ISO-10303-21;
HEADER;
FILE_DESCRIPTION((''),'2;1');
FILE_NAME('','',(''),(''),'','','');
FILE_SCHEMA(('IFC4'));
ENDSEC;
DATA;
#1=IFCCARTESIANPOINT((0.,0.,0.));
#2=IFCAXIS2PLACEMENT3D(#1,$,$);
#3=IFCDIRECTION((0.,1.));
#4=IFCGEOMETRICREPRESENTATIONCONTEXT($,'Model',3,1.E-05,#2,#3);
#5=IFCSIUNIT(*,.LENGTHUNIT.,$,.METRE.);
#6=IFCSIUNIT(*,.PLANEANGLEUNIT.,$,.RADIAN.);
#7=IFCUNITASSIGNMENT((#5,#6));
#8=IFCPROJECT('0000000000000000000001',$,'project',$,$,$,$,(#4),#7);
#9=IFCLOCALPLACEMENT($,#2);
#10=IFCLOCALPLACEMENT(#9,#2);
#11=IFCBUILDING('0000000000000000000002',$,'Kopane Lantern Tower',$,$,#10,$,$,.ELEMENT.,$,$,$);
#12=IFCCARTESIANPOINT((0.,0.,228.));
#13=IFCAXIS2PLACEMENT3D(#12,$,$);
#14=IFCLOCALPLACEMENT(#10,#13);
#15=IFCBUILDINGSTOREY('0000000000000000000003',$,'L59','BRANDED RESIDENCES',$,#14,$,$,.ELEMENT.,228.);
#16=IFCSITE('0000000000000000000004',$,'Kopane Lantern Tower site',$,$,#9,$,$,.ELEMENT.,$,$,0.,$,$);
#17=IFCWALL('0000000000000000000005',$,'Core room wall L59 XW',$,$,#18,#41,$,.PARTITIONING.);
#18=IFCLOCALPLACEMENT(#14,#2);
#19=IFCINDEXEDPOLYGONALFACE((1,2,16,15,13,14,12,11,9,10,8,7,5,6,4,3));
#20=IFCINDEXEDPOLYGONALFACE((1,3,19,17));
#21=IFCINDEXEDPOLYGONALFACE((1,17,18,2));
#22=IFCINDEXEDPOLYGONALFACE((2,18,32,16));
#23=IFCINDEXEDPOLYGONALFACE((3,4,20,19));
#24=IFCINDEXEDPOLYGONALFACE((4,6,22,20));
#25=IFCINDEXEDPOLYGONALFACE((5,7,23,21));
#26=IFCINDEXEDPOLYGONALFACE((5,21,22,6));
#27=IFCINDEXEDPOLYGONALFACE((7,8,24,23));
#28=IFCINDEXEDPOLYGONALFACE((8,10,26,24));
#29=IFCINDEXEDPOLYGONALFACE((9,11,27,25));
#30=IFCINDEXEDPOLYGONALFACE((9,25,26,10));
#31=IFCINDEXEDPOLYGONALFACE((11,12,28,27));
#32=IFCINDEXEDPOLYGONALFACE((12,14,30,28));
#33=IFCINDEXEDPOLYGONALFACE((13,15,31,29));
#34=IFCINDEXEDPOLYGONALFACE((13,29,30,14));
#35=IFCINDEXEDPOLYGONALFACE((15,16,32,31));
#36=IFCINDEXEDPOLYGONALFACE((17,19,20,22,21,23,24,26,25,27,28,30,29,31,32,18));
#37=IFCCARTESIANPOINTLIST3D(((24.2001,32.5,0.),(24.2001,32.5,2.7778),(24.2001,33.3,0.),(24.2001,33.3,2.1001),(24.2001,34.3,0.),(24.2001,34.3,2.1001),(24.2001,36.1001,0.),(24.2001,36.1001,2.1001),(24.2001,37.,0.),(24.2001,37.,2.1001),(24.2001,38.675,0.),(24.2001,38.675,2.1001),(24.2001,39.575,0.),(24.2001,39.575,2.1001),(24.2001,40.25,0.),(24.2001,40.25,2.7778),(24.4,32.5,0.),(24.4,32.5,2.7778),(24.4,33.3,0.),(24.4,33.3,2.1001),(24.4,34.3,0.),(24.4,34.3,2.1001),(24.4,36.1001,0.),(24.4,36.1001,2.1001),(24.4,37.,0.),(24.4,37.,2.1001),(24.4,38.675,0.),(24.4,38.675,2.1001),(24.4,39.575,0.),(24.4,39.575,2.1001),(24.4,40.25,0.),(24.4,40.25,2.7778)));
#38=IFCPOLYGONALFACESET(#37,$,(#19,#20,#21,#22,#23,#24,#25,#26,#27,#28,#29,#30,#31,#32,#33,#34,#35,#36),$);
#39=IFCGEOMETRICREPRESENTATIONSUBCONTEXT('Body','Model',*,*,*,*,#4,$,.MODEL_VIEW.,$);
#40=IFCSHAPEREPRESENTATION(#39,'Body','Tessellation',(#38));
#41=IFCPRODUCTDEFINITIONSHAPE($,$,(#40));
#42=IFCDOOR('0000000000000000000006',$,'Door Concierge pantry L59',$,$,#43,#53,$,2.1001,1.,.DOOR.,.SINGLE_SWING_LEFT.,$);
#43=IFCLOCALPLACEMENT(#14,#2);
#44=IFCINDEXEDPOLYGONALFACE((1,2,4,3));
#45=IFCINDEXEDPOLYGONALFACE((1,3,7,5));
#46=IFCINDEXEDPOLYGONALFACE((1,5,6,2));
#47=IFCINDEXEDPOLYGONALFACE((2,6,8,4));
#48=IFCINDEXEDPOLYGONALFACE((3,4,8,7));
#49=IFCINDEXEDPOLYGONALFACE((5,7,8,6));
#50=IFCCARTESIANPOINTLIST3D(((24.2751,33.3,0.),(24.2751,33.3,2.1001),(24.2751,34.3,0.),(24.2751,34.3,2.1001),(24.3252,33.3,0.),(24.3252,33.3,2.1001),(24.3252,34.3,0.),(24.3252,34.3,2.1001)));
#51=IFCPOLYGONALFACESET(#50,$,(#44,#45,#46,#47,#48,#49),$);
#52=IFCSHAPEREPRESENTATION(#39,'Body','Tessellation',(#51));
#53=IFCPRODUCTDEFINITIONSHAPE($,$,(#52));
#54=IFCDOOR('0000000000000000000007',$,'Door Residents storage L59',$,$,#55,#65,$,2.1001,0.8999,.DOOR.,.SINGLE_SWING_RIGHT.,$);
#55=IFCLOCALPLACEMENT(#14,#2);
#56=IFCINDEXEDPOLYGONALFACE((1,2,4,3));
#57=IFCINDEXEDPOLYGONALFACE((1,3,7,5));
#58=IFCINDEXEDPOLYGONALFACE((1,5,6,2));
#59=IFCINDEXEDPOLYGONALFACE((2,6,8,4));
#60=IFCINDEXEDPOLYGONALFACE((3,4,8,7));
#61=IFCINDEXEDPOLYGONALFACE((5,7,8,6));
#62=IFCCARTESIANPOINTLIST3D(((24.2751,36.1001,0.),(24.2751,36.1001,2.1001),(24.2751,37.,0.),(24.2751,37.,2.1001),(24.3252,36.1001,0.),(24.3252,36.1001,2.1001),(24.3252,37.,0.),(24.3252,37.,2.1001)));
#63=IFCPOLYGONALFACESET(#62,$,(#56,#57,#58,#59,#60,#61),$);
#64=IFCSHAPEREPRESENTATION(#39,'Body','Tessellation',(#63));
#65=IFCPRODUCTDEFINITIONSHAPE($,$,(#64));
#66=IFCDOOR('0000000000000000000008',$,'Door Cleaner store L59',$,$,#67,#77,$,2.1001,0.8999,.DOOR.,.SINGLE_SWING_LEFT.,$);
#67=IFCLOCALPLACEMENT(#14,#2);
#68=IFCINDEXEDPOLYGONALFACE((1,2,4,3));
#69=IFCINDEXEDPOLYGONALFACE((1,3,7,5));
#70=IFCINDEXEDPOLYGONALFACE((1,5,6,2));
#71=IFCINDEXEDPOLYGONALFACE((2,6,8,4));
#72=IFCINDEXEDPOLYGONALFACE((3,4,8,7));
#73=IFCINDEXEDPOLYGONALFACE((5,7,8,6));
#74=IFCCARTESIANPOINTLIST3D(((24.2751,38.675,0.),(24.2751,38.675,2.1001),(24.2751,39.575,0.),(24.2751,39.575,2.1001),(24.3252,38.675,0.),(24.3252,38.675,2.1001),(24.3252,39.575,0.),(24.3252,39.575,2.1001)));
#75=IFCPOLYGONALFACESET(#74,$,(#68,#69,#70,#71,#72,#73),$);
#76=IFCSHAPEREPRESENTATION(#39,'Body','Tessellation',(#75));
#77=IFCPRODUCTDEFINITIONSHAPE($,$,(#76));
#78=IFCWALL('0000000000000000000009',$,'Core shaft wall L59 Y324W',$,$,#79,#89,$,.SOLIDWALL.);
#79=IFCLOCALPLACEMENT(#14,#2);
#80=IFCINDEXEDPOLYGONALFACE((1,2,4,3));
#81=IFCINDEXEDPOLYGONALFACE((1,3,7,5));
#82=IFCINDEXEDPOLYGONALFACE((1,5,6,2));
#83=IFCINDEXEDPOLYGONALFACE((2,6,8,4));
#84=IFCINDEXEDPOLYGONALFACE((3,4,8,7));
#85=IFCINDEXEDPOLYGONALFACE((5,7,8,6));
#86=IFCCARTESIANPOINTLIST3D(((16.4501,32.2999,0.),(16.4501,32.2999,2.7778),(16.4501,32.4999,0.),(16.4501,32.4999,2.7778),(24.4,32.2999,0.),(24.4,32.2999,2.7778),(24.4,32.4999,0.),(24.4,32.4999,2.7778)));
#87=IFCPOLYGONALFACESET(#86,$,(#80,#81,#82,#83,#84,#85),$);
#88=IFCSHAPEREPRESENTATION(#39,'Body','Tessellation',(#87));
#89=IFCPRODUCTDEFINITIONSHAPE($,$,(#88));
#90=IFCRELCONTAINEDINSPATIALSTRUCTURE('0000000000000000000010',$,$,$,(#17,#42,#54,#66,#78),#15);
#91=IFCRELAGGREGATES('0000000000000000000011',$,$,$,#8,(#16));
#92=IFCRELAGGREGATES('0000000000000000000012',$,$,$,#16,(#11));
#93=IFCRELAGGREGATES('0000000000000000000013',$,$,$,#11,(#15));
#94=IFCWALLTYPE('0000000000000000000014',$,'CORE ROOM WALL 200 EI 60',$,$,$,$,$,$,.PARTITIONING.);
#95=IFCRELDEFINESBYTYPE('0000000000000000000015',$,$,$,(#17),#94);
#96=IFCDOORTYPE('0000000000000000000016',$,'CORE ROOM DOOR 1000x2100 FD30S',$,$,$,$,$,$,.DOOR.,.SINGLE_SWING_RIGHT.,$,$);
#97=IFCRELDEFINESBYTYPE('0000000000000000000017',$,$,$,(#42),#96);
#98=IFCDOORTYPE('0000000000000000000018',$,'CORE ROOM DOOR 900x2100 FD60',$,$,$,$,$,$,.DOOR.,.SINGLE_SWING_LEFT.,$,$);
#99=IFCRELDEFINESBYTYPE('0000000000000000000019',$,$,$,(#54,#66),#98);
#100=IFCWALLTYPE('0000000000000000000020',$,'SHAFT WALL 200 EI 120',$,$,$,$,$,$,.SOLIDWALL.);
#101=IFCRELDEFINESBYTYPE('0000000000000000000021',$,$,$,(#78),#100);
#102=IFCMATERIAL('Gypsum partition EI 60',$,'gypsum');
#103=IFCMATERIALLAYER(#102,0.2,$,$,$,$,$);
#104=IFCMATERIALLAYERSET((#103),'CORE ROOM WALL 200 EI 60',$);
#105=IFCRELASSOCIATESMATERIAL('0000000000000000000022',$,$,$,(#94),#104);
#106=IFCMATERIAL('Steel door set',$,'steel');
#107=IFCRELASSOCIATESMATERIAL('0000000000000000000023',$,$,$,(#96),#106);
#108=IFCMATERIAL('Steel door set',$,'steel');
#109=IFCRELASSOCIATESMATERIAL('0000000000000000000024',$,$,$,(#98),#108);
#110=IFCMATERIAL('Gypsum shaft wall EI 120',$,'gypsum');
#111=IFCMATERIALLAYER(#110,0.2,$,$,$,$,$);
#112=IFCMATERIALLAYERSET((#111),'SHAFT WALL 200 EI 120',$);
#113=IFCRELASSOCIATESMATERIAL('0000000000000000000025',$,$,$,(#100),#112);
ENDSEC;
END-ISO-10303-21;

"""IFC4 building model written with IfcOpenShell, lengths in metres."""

from ifc_helpers import new_model, si_unit, direction, frame, frame_2d, origin, place, context, subcontext, project, spatial, rectangle, extrude, material, layer, layer_set, type_object, element, fill, save


model = new_model("IFC4")

# Units and contexts
model_context = context("Model", 3, precision=1e-05, world=origin(), true_north=direction((0.0, 1.0)))
body_context = subcontext(model_context, "Body", "Model", "MODEL_VIEW")
ifc_project = project(units=[si_unit("LENGTHUNIT", "METRE"), si_unit("PLANEANGLEUNIT", "RADIAN")], contexts=[model_context])

# Site, building, storey
site_placement = place(None, origin())
site = spatial("IfcSite", under=ifc_project, at=site_placement, Name="Kopane Lantern Tower site", CompositionType="ELEMENT", RefElevation=0.0)
building_placement = place(site_placement, origin())
building = spatial("IfcBuilding", under=site, at=building_placement, Name="Kopane Lantern Tower", CompositionType="ELEMENT")
storey_placement = place(building_placement, frame((0.0, 0.0, 228.0)))
storey = spatial("IfcBuildingStorey", under=building, at=storey_placement, Name="L59", Description="BRANDED RESIDENCES", CompositionType="ELEMENT", Elevation=228.0)

# Wall, openings, doors
ifc_material_1 = material(Name="Gypsum partition EI 60", Category="gypsum")
ifc_layer_1 = layer(ifc_material_1, 0.2)
ifc_layer_set_1 = layer_set([ifc_layer_1], Name="CORE ROOM WALL 200 EI 60")
wall_type_1 = type_object("IfcWallType", Name="CORE ROOM WALL 200 EI 60", PredefinedType="PARTITIONING", material=ifc_layer_set_1)
wall_1_placement = place(storey_placement, frame((24.3, 32.5, 0.0), z_axis=(0.0, 0.0, 1.0), x_axis=(0.0, 1.0, 0.0)))
wall_1 = element("IfcWall", 1, at=wall_1_placement, inside=storey, type_object=wall_type_1, Name="Core room wall L59 XW", PredefinedType="PARTITIONING", context=body_context, shape_type="SweptSolid", body=[
    extrude(rectangle(XDim=7.75, YDim=0.2, at=frame_2d((3.875, 0.0))), origin(), (0.0, 0.0, 1.0), 2.7778),
])
opening_1_placement = place(wall_1_placement, frame((0.8, 0.0, 0.0)))
opening_1 = element("IfcOpeningElement", 2, at=opening_1_placement, cuts=wall_1, PredefinedType="OPENING", context=body_context, shape_type="SweptSolid", body=[
    extrude(rectangle(XDim=1.0, YDim=2.1001, at=frame_2d((0.5, 1.05))), frame((0.0, 0.1099, 0.0), z_axis=(0.0, -1.0, 0.0), x_axis=(1.0, 0.0, 0.0)), (0.0, 0.0, 1.0), 0.22),
])
opening_2_placement = place(wall_1_placement, frame((3.6001, 0.0, 0.0)))
opening_2 = element("IfcOpeningElement", 3, at=opening_2_placement, cuts=wall_1, PredefinedType="OPENING", context=body_context, shape_type="SweptSolid", body=[
    extrude(rectangle(XDim=0.8999, YDim=2.1001, at=frame_2d((0.45, 1.05))), frame((0.0, 0.1099, 0.0), z_axis=(0.0, -1.0, 0.0), x_axis=(1.0, 0.0, 0.0)), (0.0, 0.0, 1.0), 0.22),
])
opening_3_placement = place(wall_1_placement, frame((6.175, 0.0, 0.0)))
opening_3 = element("IfcOpeningElement", 4, at=opening_3_placement, cuts=wall_1, PredefinedType="OPENING", context=body_context, shape_type="SweptSolid", body=[
    extrude(rectangle(XDim=0.8999, YDim=2.1001, at=frame_2d((0.45, 1.05))), frame((0.0, 0.1099, 0.0), z_axis=(0.0, -1.0, 0.0), x_axis=(1.0, 0.0, 0.0)), (0.0, 0.0, 1.0), 0.22),
])
ifc_material_2 = material(Name="Steel door set", Category="steel")
door_type_1 = type_object("IfcDoorType", Name="CORE ROOM DOOR 1000x2100 FD30S", OperationType="SINGLE_SWING_RIGHT", PredefinedType="DOOR", material=ifc_material_2)
door_1_placement = place(opening_1_placement, origin())
door_1 = element("IfcDoor", 5, at=door_1_placement, inside=storey, type_object=door_type_1, Name="Door Concierge pantry L59", OperationType="SINGLE_SWING_LEFT", OverallHeight=2.1001, OverallWidth=1.0, PredefinedType="DOOR", context=body_context, shape_type="SweptSolid", body=[
    extrude(rectangle(XDim=1.0, YDim=2.1001, at=frame_2d((0.5, 1.05))), frame((0.0, 0.0249, 0.0), z_axis=(0.0, -1.0, 0.0), x_axis=(1.0, 0.0, 0.0)), (0.0, 0.0, 1.0), 0.05),
])
fill(opening_1, door_1)
ifc_material_3 = material(Name="Steel door set", Category="steel")
door_type_2 = type_object("IfcDoorType", Name="CORE ROOM DOOR 900x2100 FD60", OperationType="SINGLE_SWING_LEFT", PredefinedType="DOOR", material=ifc_material_3)
door_2_placement = place(opening_2_placement, origin())
door_2 = element("IfcDoor", 6, at=door_2_placement, inside=storey, type_object=door_type_2, Name="Door Residents storage L59", OperationType="SINGLE_SWING_RIGHT", OverallHeight=2.1001, OverallWidth=0.8999, PredefinedType="DOOR", context=body_context, shape_type="SweptSolid", body=[
    extrude(rectangle(XDim=0.8999, YDim=2.1001, at=frame_2d((0.45, 1.05))), frame((0.0, 0.0249, 0.0), z_axis=(0.0, -1.0, 0.0), x_axis=(1.0, 0.0, 0.0)), (0.0, 0.0, 1.0), 0.05),
])
fill(opening_2, door_2)
door_3_placement = place(opening_3_placement, origin())
door_3 = element("IfcDoor", 7, at=door_3_placement, inside=storey, type_object=door_type_2, Name="Door Cleaner store L59", OperationType="SINGLE_SWING_LEFT", OverallHeight=2.1001, OverallWidth=0.8999, PredefinedType="DOOR", context=body_context, shape_type="SweptSolid", body=[
    extrude(rectangle(XDim=0.8999, YDim=2.1001, at=frame_2d((0.45, 1.05))), frame((0.0, 0.0249, 0.0), z_axis=(0.0, -1.0, 0.0), x_axis=(1.0, 0.0, 0.0)), (0.0, 0.0, 1.0), 0.05),
])
fill(opening_3, door_3)

# Wall
ifc_material_4 = material(Name="Gypsum shaft wall EI 120", Category="gypsum")
ifc_layer_2 = layer(ifc_material_4, 0.2)
ifc_layer_set_2 = layer_set([ifc_layer_2], Name="SHAFT WALL 200 EI 120")
wall_type_2 = type_object("IfcWallType", Name="SHAFT WALL 200 EI 120", PredefinedType="SOLIDWALL", material=ifc_layer_set_2)
wall_2_placement = place(storey_placement, frame((16.45, 32.3999, 0.0), z_axis=(0.0, 0.0, 1.0), x_axis=(1.0, 0.0, 0.0)))
element("IfcWall", 8, at=wall_2_placement, inside=storey, type_object=wall_type_2, Name="Core shaft wall L59 Y324W", PredefinedType="SOLIDWALL", context=body_context, shape_type="SweptSolid", body=[
    extrude(rectangle(XDim=7.95, YDim=0.2, at=frame_2d((3.9751, 0.0))), origin(), (0.0, 0.0, 1.0), 2.7778),
])

save(model, "model.ifc")
